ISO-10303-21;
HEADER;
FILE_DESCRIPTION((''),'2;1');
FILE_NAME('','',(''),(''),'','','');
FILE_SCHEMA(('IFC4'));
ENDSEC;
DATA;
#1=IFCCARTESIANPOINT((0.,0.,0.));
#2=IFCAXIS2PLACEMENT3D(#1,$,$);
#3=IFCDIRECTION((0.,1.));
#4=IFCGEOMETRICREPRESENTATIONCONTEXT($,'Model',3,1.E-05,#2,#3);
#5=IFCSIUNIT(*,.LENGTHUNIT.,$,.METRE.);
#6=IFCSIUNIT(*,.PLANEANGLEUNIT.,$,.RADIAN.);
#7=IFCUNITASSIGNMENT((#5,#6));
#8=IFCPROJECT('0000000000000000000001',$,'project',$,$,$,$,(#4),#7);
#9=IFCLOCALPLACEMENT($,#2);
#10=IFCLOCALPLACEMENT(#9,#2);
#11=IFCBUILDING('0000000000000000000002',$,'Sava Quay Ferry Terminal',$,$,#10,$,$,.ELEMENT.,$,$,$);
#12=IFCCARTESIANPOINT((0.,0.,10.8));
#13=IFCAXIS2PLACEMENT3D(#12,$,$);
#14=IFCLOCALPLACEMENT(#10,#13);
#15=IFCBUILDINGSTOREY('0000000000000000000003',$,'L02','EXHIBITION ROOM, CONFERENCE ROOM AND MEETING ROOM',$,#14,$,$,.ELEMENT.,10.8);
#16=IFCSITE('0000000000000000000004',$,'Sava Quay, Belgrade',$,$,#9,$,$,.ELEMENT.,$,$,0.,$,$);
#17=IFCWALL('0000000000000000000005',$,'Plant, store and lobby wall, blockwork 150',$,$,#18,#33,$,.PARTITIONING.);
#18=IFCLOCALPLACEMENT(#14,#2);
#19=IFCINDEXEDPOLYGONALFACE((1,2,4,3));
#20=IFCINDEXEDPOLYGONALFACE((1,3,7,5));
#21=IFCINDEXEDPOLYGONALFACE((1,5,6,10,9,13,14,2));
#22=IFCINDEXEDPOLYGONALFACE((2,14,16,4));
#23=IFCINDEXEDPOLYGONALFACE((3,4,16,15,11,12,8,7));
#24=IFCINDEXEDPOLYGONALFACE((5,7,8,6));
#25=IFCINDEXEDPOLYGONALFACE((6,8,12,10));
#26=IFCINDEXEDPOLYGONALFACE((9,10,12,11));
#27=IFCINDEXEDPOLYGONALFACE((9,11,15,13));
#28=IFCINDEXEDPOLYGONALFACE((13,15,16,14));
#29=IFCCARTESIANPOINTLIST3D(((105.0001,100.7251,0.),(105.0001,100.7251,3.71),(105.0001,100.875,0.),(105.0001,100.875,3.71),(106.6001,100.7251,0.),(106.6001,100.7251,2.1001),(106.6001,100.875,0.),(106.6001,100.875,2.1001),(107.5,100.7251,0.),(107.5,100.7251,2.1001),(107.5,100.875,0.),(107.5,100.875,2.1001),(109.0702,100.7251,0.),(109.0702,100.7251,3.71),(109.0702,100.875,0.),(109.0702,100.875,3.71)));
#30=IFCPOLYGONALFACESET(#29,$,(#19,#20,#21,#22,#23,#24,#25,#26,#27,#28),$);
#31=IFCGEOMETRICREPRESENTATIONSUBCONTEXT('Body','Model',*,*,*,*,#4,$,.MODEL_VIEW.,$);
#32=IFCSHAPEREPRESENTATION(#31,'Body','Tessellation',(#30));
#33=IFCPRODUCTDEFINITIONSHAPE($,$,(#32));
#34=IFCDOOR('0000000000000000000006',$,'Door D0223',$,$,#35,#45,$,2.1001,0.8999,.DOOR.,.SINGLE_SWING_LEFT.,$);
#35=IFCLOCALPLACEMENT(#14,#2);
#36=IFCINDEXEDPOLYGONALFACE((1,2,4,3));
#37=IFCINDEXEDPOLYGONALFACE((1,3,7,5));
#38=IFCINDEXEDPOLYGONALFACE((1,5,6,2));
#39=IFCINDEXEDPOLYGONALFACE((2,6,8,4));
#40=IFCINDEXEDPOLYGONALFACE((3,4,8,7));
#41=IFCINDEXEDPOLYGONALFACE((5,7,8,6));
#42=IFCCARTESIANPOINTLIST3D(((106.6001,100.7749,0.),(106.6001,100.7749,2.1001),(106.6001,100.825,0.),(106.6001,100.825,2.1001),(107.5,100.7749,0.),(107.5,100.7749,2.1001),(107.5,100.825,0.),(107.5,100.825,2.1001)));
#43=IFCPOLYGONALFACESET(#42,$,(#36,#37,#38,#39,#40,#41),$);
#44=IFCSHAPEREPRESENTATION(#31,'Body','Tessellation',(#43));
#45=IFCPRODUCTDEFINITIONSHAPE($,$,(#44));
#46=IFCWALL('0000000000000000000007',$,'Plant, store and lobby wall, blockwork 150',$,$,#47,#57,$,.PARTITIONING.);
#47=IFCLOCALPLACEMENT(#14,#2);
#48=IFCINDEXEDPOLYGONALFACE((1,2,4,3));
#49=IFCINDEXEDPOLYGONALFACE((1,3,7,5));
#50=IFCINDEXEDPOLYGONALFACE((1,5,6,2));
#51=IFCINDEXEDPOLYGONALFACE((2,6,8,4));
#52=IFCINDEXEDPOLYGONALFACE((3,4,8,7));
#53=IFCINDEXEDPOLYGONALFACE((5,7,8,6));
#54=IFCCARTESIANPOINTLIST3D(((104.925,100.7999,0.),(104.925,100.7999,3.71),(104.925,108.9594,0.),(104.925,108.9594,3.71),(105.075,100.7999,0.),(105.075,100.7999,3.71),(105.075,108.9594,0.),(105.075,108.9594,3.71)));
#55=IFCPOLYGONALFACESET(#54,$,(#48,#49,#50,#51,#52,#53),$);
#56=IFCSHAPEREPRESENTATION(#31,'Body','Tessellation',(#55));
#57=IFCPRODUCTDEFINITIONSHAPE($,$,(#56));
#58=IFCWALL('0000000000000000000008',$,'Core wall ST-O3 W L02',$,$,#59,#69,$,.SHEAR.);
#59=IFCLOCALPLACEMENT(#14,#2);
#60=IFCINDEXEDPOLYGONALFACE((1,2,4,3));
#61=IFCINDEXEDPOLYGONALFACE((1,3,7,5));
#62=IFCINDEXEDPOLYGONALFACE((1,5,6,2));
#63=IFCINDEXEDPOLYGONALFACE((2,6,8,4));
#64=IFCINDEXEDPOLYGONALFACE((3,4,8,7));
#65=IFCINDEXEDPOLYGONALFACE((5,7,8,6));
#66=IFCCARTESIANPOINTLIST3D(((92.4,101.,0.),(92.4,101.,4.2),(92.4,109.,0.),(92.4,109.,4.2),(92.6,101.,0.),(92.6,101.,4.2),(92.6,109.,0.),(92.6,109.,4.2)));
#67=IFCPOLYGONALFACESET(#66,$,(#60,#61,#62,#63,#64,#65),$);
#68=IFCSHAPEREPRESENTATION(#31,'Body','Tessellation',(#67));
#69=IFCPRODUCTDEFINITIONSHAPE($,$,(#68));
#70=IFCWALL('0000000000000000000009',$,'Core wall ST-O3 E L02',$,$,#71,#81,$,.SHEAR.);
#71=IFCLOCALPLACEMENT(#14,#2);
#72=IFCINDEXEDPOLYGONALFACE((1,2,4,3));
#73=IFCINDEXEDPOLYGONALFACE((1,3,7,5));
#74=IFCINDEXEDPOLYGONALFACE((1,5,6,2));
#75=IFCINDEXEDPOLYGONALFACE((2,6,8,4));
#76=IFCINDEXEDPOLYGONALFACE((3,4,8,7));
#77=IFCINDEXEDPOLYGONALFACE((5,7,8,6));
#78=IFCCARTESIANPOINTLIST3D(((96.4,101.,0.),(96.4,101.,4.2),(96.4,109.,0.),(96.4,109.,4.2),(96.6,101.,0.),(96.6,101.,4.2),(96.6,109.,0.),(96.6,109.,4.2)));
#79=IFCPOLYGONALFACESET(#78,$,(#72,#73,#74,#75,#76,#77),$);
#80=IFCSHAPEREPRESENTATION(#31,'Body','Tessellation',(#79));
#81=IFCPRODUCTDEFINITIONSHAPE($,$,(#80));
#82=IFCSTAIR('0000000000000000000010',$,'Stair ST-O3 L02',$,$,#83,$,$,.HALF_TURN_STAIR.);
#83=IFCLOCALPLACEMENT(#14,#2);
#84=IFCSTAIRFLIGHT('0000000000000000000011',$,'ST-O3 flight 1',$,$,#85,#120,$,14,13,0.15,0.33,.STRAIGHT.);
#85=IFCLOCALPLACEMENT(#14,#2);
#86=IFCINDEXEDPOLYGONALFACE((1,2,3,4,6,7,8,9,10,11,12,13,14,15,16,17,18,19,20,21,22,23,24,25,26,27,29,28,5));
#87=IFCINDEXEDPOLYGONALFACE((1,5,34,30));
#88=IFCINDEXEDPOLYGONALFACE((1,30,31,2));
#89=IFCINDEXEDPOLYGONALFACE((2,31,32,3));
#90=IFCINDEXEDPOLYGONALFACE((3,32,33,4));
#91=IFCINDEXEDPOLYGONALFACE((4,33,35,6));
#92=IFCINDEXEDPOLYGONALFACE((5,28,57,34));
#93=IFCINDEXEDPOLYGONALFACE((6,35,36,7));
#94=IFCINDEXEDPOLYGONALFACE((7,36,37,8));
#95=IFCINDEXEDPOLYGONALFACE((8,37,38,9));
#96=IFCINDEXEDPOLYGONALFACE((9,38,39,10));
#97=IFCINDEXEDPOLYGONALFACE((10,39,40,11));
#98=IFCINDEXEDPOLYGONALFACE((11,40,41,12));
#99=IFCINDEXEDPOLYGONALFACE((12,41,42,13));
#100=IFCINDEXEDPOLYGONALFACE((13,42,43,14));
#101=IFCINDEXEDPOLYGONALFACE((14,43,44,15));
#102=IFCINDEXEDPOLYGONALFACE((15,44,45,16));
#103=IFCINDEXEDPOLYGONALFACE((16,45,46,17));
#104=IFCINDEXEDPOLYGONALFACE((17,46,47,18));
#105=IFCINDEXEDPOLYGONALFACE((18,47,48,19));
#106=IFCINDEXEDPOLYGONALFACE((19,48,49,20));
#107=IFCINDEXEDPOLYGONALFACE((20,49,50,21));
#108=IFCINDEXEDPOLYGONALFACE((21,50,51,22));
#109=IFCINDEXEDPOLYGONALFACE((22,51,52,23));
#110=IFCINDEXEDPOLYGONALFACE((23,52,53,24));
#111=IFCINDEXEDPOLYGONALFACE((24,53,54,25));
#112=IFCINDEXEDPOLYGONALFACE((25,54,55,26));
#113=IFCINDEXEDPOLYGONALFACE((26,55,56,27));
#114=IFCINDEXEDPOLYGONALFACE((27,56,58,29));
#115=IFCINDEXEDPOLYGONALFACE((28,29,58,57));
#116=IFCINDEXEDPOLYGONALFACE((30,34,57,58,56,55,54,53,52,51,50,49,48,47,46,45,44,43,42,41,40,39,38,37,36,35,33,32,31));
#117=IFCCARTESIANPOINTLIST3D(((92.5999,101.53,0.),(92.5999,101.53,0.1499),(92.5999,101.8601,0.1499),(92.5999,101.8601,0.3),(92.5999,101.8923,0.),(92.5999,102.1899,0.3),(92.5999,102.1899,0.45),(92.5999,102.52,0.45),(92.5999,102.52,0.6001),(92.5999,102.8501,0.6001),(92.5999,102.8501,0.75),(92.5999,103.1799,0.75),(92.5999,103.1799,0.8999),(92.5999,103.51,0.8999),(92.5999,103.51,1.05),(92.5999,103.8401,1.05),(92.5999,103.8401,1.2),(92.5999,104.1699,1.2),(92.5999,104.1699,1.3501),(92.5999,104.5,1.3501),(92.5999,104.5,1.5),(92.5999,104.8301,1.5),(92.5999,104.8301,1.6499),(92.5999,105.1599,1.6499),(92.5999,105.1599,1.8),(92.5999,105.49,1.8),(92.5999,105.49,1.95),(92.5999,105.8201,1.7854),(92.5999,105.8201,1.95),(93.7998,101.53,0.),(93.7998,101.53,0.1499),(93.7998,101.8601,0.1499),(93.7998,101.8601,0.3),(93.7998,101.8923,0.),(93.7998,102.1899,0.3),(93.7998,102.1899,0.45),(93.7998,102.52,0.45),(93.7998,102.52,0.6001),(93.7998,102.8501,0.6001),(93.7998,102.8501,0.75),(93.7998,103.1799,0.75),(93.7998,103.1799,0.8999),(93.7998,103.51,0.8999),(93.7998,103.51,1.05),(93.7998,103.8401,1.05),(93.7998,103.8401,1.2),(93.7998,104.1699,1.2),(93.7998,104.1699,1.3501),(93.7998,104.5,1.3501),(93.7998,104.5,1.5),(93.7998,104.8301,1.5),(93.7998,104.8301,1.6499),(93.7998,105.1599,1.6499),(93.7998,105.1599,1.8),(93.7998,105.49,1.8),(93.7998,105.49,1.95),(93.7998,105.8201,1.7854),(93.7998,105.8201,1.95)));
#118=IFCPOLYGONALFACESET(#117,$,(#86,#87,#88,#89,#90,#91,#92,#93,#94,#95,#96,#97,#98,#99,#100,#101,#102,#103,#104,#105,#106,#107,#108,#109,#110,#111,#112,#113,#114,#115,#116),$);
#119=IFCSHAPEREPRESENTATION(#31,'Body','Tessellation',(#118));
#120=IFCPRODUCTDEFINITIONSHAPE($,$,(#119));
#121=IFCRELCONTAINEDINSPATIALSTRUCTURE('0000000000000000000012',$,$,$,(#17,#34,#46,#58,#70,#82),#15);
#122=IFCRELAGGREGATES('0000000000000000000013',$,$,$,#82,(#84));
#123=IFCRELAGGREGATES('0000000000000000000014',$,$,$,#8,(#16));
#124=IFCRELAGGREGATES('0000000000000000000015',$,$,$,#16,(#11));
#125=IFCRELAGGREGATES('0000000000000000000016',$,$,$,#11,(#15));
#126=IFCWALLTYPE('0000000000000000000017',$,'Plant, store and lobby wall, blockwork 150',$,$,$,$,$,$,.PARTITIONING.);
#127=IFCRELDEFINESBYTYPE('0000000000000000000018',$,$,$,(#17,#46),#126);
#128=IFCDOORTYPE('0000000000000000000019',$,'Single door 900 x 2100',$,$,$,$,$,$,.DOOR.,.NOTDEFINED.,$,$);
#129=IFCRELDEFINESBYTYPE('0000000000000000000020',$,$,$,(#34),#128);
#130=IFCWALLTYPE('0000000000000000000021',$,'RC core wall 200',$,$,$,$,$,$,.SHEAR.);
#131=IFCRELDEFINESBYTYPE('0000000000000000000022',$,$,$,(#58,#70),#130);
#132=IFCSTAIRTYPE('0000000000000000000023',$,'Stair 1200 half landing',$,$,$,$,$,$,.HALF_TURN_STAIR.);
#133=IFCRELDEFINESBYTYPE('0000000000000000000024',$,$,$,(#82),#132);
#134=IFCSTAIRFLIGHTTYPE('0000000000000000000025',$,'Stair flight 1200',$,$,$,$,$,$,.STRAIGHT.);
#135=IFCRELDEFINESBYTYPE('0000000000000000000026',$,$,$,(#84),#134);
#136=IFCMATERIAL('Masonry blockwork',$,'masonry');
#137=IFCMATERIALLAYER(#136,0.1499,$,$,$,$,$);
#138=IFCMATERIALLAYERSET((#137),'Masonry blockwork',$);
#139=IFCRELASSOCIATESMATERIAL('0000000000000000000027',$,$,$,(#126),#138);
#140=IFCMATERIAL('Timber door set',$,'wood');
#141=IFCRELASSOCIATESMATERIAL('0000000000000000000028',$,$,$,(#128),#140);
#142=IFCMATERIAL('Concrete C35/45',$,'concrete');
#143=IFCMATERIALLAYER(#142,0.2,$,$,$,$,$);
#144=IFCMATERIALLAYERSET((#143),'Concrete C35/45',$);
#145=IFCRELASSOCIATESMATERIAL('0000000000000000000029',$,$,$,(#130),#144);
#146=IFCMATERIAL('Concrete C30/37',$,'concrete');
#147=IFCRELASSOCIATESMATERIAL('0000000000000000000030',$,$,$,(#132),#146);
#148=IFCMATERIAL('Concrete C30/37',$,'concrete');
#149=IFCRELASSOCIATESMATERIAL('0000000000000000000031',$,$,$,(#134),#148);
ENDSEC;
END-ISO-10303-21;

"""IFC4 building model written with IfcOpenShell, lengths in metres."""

from ifc_helpers import new_model, si_unit, direction, frame, frame_2d, origin, place, context, subcontext, project, spatial, polyline, rectangle, outline, extrude, material, layer, layer_set, type_object, element, fill, aggregate, save


model = new_model("IFC4")

# Units and contexts
model_context = context("Model", 3, precision=1e-05, world=origin(), true_north=direction((0.0, 1.0)))
body_context = subcontext(model_context, "Body", "Model", "MODEL_VIEW")
ifc_project = project(units=[si_unit("LENGTHUNIT", "METRE"), si_unit("PLANEANGLEUNIT", "RADIAN")], contexts=[model_context])

# Site, building, storey
site_placement = place(None, origin())
site = spatial("IfcSite", under=ifc_project, at=site_placement, Name="Sava Quay, Belgrade", CompositionType="ELEMENT", RefElevation=0.0)
building_placement = place(site_placement, origin())
building = spatial("IfcBuilding", under=site, at=building_placement, Name="Sava Quay Ferry Terminal", CompositionType="ELEMENT")
storey_placement = place(building_placement, frame((0.0, 0.0, 10.8)))
storey = spatial("IfcBuildingStorey", under=building, at=storey_placement, Name="L02", Description="EXHIBITION ROOM, CONFERENCE ROOM AND MEETING ROOM", CompositionType="ELEMENT", Elevation=10.8)

# Wall, opening, door
ifc_material_1 = material(Name="Masonry blockwork", Category="masonry")
ifc_layer_1 = layer(ifc_material_1, 0.1499)
ifc_layer_set_1 = layer_set([ifc_layer_1], Name="Masonry blockwork")
wall_type_1 = type_object("IfcWallType", Name="Plant, store and lobby wall, blockwork 150", PredefinedType="PARTITIONING", material=ifc_layer_set_1)
wall_1_placement = place(storey_placement, frame((105.0, 100.8, 0.0), z_axis=(0.0, 0.0, 1.0), x_axis=(1.0, 0.0, 0.0)))
wall_1 = element("IfcWall", 1, at=wall_1_placement, inside=storey, type_object=wall_type_1, Name="Plant, store and lobby wall, blockwork 150", PredefinedType="PARTITIONING", context=body_context, shape_type="SweptSolid", body=[
    extrude(rectangle(XDim=4.0701, YDim=0.1499, at=frame_2d((2.0352, 0.0))), origin(), (0.0, 0.0, 1.0), 3.71),
])
opening_1_placement = place(wall_1_placement, frame((1.6001, 0.0, 0.0)))
opening_1 = element("IfcOpeningElement", 2, at=opening_1_placement, cuts=wall_1, PredefinedType="OPENING", context=body_context, shape_type="SweptSolid", body=[
    extrude(rectangle(XDim=0.8999, YDim=2.1001, at=frame_2d((0.45, 1.05))), frame((0.0, 0.075, 0.0), z_axis=(0.0, -1.0, 0.0), x_axis=(1.0, 0.0, 0.0)), (0.0, 0.0, 1.0), 0.1499),
])
ifc_material_2 = material(Name="Timber door set", Category="wood")
door_type_1 = type_object("IfcDoorType", Name="Single door 900 x 2100", OperationType="NOTDEFINED", PredefinedType="DOOR", material=ifc_material_2)
door_1_placement = place(opening_1_placement, origin())
door_1 = element("IfcDoor", 3, at=door_1_placement, inside=storey, type_object=door_type_1, Name="Door D0223", OperationType="SINGLE_SWING_LEFT", OverallHeight=2.1001, OverallWidth=0.8999, PredefinedType="DOOR", context=body_context, shape_type="SweptSolid", body=[
    extrude(rectangle(XDim=0.8999, YDim=2.1001, at=frame_2d((0.45, 1.05))), frame((0.0, 0.0249, 0.0), z_axis=(0.0, -1.0, 0.0), x_axis=(1.0, 0.0, 0.0)), (0.0, 0.0, 1.0), 0.05),
])
fill(opening_1, door_1)

# Wall
wall_2_placement = place(storey_placement, frame((105.0, 100.8, 0.0), z_axis=(0.0, 0.0, 1.0), x_axis=(0.0, 1.0, 0.0)))
element("IfcWall", 4, at=wall_2_placement, inside=storey, type_object=wall_type_1, Name="Plant, store and lobby wall, blockwork 150", PredefinedType="PARTITIONING", context=body_context, shape_type="SweptSolid", body=[
    extrude(rectangle(XDim=8.1594, YDim=0.1499, at=frame_2d((4.0796, 0.0))), origin(), (0.0, 0.0, 1.0), 3.71),
])

# Shared definitions
ifc_material_3 = material(Name="Concrete C35/45", Category="concrete")
ifc_layer_2 = layer(ifc_material_3, 0.2)
ifc_layer_set_2 = layer_set([ifc_layer_2], Name="Concrete C35/45")
wall_type_2 = type_object("IfcWallType", Name="RC core wall 200", PredefinedType="SHEAR", material=ifc_layer_set_2)

# Walls
for number, where, z_axis, x_axis, name in (
    (5, (92.5, 101.0, 0.0), (0.0, 0.0, 1.0), (0.0, 1.0, 0.0), "Core wall ST-O3 W L02"),
    (6, (96.5, 101.0, 0.0), (0.0, 0.0, 1.0), (0.0, 1.0, 0.0), "Core wall ST-O3 E L02"),
):
    element("IfcWall", number, at=place(storey_placement, frame(where, z_axis=z_axis, x_axis=x_axis)), inside=storey, type_object=wall_type_2, Name=name, PredefinedType="SHEAR", context=body_context, shape_type="SweptSolid", body=[
        extrude(rectangle(XDim=8.0, YDim=0.2, at=frame_2d((4.0, 0.0))), origin(), (0.0, 0.0, 1.0), 4.2),
    ])

# Stair, stair flight
ifc_material_4 = material(Name="Concrete C30/37", Category="concrete")
stair_type = type_object("IfcStairType", Name="Stair 1200 half landing", PredefinedType="HALF_TURN_STAIR", material=ifc_material_4)
stair_placement = place(storey_placement, origin())
stair = element("IfcStair", 7, at=stair_placement, inside=storey, type_object=stair_type, Name="Stair ST-O3 L02", PredefinedType="HALF_TURN_STAIR")
ifc_material_5 = material(Name="Concrete C30/37", Category="concrete")
stair_flight_type = type_object("IfcStairFlightType", Name="Stair flight 1200", PredefinedType="STRAIGHT", material=ifc_material_5)
stair_flight_placement = place(storey_placement, frame((93.2, 101.53, 0.0), z_axis=(0.0, 0.0, 1.0), x_axis=(0.0, 1.0, 0.0)))
stair_flight = element("IfcStairFlight", 8, at=stair_flight_placement, type_object=stair_flight_type, Name="ST-O3 flight 1", NumberOfRisers=14, NumberOfTreads=13, PredefinedType="STRAIGHT", RiserHeight=0.15, TreadLength=0.33, context=body_context, shape_type="SweptSolid", body=[
    extrude(outline(polyline([(0.0, 0.0), (0.0, 0.1499), (0.3301, 0.1499), (0.3301, 0.3), (0.6599, 0.3), (0.6599, 0.45), (0.99, 0.45), (0.99, 0.6001), (1.3201, 0.6001), (1.3201, 0.75), (1.6499, 0.75), (1.6499, 0.8999), (1.98, 0.8999), (1.98, 1.05), (2.3101, 1.05), (2.3101, 1.2), (2.6399, 1.2), (2.6399, 1.3501), (2.97, 1.3501), (2.97, 1.5), (3.3, 1.5), (3.3, 1.6499), (3.6299, 1.6499), (3.6299, 1.8), (3.96, 1.8), (3.96, 1.95), (4.29, 1.95), (4.29, 2.1001), (4.29, 1.7854), (0.3623, 0.0), (0.0, 0.0)])), frame((0.0, 0.6001, 0.0), z_axis=(0.0, -1.0, 0.0), x_axis=(1.0, 0.0, 0.0)), (0.0, 0.0, 1.0), 1.2),
])
aggregate(stair, [stair_flight])

save(model, "model.ifc")
